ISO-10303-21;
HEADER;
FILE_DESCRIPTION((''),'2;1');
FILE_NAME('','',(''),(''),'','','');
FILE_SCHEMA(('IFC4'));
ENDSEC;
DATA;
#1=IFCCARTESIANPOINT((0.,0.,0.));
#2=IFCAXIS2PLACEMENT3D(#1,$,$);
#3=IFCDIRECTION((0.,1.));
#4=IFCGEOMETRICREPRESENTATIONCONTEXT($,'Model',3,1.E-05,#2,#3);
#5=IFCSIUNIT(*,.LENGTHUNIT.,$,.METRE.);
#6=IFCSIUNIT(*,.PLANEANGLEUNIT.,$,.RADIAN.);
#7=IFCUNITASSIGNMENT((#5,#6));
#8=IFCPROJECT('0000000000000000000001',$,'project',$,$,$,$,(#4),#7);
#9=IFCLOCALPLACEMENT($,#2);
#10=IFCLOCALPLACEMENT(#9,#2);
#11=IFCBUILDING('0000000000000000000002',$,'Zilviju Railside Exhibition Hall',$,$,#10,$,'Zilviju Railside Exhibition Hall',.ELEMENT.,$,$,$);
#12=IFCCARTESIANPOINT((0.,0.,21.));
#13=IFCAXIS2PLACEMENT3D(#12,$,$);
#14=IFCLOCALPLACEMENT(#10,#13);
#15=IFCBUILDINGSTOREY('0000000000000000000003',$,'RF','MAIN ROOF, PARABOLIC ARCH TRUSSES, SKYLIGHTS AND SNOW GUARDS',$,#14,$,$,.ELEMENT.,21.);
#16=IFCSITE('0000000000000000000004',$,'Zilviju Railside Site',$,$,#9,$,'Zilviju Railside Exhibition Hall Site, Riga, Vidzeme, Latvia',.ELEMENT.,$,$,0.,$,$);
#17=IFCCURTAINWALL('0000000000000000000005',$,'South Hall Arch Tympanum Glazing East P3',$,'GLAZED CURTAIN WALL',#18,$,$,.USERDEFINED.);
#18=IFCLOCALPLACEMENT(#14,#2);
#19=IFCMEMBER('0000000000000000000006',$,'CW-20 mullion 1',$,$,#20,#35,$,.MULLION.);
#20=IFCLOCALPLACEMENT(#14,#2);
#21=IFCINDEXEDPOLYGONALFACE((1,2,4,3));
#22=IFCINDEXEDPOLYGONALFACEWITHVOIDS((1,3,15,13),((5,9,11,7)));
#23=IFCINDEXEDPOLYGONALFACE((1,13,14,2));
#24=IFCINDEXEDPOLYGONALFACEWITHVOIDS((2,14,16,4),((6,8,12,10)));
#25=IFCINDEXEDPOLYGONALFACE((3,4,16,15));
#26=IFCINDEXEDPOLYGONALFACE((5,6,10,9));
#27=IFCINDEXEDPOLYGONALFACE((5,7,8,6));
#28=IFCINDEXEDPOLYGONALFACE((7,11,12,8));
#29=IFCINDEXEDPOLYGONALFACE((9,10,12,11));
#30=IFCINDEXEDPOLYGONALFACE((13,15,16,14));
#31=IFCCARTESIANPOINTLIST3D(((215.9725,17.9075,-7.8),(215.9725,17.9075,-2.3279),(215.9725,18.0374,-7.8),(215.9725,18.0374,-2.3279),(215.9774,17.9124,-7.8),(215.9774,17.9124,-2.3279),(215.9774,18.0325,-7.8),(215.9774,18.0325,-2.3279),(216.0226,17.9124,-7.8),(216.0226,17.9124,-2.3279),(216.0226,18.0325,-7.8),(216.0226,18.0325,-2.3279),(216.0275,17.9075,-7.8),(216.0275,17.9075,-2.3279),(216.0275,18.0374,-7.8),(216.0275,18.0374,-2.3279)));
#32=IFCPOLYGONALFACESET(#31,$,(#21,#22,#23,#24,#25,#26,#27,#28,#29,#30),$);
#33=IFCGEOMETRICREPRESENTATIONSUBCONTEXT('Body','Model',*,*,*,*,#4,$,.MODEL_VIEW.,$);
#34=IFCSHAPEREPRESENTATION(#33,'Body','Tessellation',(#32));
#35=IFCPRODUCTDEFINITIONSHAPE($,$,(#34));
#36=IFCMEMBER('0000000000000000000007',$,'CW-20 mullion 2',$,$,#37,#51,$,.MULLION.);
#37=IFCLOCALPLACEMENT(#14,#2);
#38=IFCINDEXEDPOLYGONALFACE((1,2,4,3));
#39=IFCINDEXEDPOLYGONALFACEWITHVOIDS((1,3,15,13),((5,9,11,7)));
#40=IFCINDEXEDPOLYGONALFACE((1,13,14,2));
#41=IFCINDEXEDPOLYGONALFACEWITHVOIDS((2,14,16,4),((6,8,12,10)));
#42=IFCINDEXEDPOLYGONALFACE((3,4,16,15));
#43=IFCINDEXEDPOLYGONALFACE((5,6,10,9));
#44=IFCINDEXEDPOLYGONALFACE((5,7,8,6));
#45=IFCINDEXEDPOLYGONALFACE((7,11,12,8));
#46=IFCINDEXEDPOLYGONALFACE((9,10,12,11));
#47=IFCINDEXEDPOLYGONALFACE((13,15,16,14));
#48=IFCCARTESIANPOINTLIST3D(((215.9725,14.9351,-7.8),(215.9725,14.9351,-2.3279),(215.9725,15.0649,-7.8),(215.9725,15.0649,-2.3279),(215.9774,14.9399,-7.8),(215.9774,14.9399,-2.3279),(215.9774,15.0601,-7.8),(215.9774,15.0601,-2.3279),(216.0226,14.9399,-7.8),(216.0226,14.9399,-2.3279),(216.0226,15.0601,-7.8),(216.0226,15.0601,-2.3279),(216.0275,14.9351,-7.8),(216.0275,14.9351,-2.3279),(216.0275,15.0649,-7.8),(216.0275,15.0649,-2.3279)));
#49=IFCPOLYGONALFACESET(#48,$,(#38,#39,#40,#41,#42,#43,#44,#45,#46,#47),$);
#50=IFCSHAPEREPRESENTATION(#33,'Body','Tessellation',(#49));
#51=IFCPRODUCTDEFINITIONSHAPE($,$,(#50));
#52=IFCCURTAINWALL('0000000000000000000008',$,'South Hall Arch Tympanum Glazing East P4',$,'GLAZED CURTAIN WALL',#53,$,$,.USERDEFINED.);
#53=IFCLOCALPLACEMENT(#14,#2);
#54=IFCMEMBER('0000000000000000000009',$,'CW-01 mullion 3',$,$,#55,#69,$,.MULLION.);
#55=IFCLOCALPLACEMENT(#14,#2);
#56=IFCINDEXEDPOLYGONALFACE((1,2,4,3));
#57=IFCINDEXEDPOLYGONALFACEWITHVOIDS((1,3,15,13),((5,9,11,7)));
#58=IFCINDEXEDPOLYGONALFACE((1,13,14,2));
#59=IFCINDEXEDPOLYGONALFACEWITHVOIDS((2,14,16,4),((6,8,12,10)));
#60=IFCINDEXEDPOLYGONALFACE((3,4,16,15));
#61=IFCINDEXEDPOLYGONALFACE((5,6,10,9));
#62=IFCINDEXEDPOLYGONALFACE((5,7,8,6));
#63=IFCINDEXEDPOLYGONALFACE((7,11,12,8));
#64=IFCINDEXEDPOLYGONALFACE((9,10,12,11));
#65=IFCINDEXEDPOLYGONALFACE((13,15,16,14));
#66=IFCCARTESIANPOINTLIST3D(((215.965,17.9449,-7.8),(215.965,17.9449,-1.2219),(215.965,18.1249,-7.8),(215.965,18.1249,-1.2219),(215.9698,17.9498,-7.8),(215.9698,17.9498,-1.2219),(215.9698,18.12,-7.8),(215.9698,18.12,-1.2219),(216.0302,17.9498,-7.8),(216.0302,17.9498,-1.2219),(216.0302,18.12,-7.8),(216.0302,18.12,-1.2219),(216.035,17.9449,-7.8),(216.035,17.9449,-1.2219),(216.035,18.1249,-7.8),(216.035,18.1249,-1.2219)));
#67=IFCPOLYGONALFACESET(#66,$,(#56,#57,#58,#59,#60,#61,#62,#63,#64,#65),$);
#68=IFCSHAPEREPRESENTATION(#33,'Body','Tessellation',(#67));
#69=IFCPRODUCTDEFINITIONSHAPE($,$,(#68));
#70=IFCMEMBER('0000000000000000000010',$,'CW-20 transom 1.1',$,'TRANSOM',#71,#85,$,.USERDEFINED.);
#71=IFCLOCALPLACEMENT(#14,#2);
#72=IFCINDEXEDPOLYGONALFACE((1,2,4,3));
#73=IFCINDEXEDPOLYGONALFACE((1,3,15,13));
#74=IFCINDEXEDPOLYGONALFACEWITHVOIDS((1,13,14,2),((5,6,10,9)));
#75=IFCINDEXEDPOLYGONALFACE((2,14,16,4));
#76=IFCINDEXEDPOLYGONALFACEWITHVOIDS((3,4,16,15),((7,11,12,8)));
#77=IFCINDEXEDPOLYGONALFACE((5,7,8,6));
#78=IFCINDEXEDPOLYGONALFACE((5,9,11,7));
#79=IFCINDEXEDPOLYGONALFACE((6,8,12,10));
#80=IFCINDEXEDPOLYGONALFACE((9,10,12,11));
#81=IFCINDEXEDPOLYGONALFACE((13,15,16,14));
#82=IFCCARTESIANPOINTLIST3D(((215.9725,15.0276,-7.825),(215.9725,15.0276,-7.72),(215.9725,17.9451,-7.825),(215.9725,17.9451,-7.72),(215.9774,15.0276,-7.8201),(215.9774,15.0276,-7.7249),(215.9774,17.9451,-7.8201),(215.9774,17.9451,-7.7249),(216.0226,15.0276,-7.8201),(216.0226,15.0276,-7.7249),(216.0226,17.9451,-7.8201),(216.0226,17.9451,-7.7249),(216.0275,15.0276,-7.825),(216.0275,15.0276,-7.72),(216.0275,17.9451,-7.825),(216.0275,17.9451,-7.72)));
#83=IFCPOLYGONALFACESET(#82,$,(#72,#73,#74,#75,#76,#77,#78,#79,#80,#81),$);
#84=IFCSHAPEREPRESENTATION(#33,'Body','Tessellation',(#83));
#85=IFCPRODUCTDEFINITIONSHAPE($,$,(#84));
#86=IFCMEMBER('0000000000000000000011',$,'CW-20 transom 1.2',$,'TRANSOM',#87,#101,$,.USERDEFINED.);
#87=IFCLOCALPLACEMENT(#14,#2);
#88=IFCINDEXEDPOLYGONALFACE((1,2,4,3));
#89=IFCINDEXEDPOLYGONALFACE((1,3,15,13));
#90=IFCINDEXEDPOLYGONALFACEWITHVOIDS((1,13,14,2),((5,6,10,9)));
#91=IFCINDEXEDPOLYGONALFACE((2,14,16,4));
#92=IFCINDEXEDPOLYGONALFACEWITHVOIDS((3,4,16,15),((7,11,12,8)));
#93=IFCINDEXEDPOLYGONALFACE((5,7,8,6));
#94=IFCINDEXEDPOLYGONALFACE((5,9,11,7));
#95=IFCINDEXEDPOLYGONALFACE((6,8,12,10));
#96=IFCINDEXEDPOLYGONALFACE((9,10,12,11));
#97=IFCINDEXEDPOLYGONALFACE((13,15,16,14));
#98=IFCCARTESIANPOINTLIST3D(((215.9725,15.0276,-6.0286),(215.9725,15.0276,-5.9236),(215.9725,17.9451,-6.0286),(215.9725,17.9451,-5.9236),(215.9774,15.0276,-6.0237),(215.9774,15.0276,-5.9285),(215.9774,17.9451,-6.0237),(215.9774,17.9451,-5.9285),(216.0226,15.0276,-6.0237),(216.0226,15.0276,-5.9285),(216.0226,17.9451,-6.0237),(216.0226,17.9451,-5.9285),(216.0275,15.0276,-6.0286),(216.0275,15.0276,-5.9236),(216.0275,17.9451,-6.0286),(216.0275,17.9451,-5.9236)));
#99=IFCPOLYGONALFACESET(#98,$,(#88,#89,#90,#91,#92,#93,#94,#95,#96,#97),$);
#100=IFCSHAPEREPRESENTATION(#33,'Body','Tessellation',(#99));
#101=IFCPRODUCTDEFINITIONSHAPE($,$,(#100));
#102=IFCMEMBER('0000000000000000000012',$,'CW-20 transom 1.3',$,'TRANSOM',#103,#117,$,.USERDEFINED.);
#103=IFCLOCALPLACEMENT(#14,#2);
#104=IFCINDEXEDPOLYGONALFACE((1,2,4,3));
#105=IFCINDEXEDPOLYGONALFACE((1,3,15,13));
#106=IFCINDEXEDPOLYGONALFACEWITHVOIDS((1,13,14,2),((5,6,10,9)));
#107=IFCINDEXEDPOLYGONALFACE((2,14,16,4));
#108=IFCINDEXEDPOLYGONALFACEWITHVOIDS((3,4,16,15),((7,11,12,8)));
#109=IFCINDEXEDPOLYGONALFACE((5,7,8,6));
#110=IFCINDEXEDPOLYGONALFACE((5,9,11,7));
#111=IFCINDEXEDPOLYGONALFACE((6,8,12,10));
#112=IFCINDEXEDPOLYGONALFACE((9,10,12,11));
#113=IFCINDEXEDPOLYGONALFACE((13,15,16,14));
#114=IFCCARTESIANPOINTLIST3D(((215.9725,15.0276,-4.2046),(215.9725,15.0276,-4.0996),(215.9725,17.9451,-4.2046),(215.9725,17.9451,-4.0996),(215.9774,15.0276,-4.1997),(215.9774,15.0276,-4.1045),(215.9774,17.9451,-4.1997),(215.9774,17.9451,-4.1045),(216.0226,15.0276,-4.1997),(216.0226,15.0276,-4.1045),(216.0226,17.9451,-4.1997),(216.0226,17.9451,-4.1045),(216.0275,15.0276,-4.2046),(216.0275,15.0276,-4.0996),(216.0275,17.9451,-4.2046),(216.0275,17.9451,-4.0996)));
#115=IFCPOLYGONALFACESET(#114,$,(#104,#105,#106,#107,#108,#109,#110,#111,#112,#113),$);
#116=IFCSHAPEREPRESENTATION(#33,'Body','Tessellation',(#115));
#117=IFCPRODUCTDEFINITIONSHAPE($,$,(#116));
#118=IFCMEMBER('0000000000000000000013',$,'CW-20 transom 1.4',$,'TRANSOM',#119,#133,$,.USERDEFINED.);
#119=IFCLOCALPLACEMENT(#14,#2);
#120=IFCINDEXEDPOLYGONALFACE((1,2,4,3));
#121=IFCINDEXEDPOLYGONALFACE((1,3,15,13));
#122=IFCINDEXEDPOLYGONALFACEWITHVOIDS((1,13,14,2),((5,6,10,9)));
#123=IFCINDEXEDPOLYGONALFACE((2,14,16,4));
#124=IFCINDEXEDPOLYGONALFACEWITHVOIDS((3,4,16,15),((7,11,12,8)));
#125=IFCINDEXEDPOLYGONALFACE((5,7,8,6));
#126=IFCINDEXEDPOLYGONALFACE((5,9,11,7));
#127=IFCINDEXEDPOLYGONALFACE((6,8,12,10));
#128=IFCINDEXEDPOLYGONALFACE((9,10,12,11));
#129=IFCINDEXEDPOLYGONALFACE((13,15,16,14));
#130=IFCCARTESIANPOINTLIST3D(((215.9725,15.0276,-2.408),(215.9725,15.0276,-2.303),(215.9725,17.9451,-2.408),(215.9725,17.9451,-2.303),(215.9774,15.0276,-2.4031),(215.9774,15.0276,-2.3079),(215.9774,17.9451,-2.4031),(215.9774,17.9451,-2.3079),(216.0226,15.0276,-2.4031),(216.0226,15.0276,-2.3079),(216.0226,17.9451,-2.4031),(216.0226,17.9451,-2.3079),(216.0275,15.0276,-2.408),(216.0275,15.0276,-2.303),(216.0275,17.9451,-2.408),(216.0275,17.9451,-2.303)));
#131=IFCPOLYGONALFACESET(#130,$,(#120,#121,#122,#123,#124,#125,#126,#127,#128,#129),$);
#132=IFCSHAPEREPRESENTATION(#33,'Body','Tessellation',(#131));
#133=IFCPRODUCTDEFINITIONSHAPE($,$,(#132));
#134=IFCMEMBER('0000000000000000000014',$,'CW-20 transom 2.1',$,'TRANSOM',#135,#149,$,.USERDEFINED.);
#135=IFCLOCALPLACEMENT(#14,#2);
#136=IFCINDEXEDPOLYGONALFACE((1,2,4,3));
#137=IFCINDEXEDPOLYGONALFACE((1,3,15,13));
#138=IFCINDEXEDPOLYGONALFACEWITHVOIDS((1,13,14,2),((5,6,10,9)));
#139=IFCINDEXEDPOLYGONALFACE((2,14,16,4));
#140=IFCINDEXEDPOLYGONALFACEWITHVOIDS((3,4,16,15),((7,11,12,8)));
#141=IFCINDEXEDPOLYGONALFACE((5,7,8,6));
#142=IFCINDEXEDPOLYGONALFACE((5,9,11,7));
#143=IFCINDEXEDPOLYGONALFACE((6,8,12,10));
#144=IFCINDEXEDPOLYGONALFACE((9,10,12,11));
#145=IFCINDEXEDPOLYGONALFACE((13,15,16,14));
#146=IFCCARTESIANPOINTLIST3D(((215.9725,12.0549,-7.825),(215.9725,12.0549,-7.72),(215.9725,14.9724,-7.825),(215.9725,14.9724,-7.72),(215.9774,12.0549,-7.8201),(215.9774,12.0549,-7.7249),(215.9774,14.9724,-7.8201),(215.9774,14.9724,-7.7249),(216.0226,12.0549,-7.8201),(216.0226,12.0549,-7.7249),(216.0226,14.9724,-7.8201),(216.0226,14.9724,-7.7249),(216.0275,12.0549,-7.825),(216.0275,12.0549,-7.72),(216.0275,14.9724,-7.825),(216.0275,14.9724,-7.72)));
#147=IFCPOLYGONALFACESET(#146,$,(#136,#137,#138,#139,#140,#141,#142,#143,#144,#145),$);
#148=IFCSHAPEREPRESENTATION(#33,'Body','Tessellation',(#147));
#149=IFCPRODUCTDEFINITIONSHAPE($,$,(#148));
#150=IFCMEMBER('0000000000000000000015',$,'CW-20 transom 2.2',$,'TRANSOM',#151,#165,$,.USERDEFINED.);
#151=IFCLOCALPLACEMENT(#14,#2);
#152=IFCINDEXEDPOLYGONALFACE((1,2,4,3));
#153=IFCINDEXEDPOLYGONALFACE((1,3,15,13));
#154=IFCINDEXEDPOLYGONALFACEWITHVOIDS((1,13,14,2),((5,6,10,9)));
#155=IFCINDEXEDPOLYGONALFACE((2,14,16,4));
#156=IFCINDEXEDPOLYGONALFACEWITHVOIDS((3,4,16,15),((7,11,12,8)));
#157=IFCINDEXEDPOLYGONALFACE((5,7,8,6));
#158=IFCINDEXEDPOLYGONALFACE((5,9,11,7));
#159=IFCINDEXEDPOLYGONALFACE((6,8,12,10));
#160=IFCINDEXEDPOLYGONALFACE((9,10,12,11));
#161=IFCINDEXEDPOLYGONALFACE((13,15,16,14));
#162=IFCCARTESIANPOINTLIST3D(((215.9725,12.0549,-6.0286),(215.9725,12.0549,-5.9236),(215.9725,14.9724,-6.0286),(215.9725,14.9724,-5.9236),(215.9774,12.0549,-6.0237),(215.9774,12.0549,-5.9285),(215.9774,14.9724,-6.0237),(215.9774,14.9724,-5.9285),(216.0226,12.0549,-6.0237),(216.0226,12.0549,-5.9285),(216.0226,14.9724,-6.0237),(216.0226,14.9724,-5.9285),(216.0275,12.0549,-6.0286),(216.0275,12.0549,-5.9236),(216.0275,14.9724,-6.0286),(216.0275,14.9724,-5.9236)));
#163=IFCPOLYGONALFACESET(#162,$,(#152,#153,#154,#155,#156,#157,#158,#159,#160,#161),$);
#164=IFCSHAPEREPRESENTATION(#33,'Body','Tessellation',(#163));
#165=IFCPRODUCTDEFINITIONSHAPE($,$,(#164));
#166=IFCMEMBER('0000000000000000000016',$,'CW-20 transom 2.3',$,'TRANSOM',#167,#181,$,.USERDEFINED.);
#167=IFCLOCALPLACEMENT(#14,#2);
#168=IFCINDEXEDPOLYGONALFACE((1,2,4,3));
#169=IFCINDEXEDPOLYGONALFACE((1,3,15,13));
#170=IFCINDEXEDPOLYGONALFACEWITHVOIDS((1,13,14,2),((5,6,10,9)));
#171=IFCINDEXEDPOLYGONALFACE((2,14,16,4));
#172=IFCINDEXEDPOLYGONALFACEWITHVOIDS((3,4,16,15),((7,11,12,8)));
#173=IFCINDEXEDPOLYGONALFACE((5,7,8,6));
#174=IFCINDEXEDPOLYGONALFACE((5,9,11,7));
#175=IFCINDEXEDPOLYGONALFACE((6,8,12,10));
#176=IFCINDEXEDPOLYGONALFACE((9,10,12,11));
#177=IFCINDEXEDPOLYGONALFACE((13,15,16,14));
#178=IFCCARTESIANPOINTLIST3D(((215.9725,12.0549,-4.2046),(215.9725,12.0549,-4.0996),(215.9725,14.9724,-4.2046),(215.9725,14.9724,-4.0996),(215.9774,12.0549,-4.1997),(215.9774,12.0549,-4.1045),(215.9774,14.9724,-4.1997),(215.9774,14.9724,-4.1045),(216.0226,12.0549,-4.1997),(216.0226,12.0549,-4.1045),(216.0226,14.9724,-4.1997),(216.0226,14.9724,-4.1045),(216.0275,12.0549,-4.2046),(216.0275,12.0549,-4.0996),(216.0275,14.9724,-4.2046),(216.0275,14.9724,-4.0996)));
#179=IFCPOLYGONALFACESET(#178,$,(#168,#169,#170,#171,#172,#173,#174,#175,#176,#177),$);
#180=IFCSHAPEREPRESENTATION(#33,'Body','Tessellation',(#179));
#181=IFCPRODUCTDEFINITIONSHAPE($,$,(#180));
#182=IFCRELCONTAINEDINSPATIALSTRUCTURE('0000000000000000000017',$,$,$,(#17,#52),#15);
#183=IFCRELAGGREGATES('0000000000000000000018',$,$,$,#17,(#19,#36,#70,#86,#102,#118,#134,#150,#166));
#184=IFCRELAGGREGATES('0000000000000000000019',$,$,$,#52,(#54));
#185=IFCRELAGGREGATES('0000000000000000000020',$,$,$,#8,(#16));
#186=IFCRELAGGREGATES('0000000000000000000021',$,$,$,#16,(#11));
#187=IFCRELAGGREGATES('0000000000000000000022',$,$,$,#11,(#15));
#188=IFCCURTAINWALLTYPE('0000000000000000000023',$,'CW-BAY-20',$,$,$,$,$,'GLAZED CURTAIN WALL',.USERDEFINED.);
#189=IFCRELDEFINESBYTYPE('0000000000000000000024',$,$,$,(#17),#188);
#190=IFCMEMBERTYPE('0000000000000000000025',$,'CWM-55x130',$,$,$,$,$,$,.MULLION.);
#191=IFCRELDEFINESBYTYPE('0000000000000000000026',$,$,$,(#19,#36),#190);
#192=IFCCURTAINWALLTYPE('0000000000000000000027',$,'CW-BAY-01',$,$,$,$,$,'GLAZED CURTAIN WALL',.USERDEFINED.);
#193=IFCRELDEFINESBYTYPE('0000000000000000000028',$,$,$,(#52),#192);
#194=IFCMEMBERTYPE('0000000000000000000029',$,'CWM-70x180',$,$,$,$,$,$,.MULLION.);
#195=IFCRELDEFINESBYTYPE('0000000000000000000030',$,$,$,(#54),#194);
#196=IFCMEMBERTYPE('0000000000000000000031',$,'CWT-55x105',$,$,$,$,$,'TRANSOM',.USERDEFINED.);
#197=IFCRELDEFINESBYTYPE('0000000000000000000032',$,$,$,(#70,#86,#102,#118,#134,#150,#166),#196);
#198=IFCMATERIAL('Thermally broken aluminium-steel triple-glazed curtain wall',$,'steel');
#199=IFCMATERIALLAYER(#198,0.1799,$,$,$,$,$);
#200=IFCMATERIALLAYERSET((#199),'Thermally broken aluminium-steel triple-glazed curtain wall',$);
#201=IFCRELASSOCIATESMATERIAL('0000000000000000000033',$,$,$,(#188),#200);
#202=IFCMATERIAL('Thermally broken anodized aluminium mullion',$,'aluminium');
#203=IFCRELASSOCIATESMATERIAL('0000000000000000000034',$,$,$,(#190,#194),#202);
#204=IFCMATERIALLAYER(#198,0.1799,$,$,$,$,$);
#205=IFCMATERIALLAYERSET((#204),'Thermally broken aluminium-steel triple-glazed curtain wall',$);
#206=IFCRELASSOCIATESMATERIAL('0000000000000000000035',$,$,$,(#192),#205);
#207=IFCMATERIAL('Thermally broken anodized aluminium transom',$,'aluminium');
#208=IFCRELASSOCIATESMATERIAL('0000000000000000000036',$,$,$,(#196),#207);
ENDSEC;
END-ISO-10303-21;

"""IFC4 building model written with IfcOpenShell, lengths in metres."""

from ifc_helpers import new_model, si_unit, direction, frame, origin, origin_2d, place, context, subcontext, project, spatial, hollow_rectangle, extrude, material, layer, layer_set, material_profile, profile_set, type_object, element, aggregate, save


model = new_model("IFC4")

# Units and contexts
model_context = context("Model", 3, precision=1e-05, world=origin(), true_north=direction((0.0, 1.0)))
body_context = subcontext(model_context, "Body", "Model", "MODEL_VIEW")
ifc_project = project(units=[si_unit("LENGTHUNIT", "METRE"), si_unit("PLANEANGLEUNIT", "RADIAN")], contexts=[model_context])

# Site, building, storey
site_placement = place(None, origin())
site = spatial("IfcSite", under=ifc_project, at=site_placement, Name="Zilviju Railside Site", LongName="Zilviju Railside Exhibition Hall Site, Riga, Vidzeme, Latvia", CompositionType="ELEMENT", RefElevation=0.0)
building_placement = place(site_placement, origin())
building = spatial("IfcBuilding", under=site, at=building_placement, Name="Zilviju Railside Exhibition Hall", LongName="Zilviju Railside Exhibition Hall", CompositionType="ELEMENT")
storey_placement = place(building_placement, frame((0.0, 0.0, 21.0)))
storey = spatial("IfcBuildingStorey", under=building, at=storey_placement, Name="RF", Description="MAIN ROOF, PARABOLIC ARCH TRUSSES, SKYLIGHTS AND SNOW GUARDS", CompositionType="ELEMENT", Elevation=21.0)

# Curtain wall, members
ifc_material_1 = material(Name="Thermally broken aluminium-steel triple-glazed curtain wall", Category="steel")
ifc_layer_1 = layer(ifc_material_1, 0.1799)
ifc_layer_set_1 = layer_set([ifc_layer_1], Name="Thermally broken aluminium-steel triple-glazed curtain wall")
curtain_wall_type_1 = type_object("IfcCurtainWallType", Name="CW-BAY-20", ElementType="GLAZED CURTAIN WALL", PredefinedType="USERDEFINED", material=ifc_layer_set_1)
curtain_wall_1_placement = place(storey_placement, origin())
curtain_wall_1 = element("IfcCurtainWall", 1, at=curtain_wall_1_placement, inside=storey, type_object=curtain_wall_type_1, Name="South Hall Arch Tympanum Glazing East P3", ObjectType="GLAZED CURTAIN WALL", PredefinedType="USERDEFINED")
ifc_material_2 = material(Name="Thermally broken anodized aluminium mullion", Category="aluminium")
ifc_material_profile_1 = material_profile(ifc_material_2, hollow_rectangle(XDim=0.0549, YDim=0.1299, WallThickness=0.0049, at=origin_2d()), Name="MULLION 130x55x5")
ifc_profile_set_1 = profile_set([ifc_material_profile_1], Name="Thermally broken anodized aluminium mullion")
member_type_1 = type_object("IfcMemberType", Name="CWM-55x130", PredefinedType="MULLION", material=ifc_profile_set_1)
member_1_placement = place(storey_placement, frame((216.0, 17.9724, -7.8), z_axis=(0.0, 0.0, 1.0), x_axis=(1.0, 0.0, 0.0)))
member_1 = element("IfcMember", 2, at=member_1_placement, type_object=member_type_1, Name="CW-20 mullion 1", PredefinedType="MULLION", context=body_context, shape_type="SweptSolid", body=[
    extrude(hollow_rectangle(XDim=0.0549, YDim=0.1299, WallThickness=0.0049, at=origin_2d()), origin(), (0.0, 0.0, 1.0), 5.4722),
])
member_2_placement = place(storey_placement, frame((216.0, 15.0, -7.8), z_axis=(0.0, 0.0, 1.0), x_axis=(1.0, 0.0, 0.0)))
member_2 = element("IfcMember", 3, at=member_2_placement, type_object=member_type_1, Name="CW-20 mullion 2", PredefinedType="MULLION", context=body_context, shape_type="SweptSolid", body=[
    extrude(hollow_rectangle(XDim=0.0549, YDim=0.1299, WallThickness=0.0049, at=origin_2d()), origin(), (0.0, 0.0, 1.0), 5.4722),
])

# Curtain wall, member
ifc_layer_2 = layer(ifc_material_1, 0.1799)
ifc_layer_set_2 = layer_set([ifc_layer_2], Name="Thermally broken aluminium-steel triple-glazed curtain wall")
curtain_wall_type_2 = type_object("IfcCurtainWallType", Name="CW-BAY-01", ElementType="GLAZED CURTAIN WALL", PredefinedType="USERDEFINED", material=ifc_layer_set_2)
curtain_wall_2_placement = place(storey_placement, origin())
curtain_wall_2 = element("IfcCurtainWall", 4, at=curtain_wall_2_placement, inside=storey, type_object=curtain_wall_type_2, Name="South Hall Arch Tympanum Glazing East P4", ObjectType="GLAZED CURTAIN WALL", PredefinedType="USERDEFINED")
ifc_material_profile_2 = material_profile(ifc_material_2, hollow_rectangle(XDim=0.0701, YDim=0.1799, WallThickness=0.0049, at=origin_2d()), Name="MULLION 180x70x5")
ifc_profile_set_2 = profile_set([ifc_material_profile_2], Name="Thermally broken anodized aluminium mullion")
member_type_2 = type_object("IfcMemberType", Name="CWM-70x180", PredefinedType="MULLION", material=ifc_profile_set_2)
member_3_placement = place(storey_placement, frame((216.0, 18.0349, -7.8), z_axis=(0.0, 0.0, 1.0), x_axis=(1.0, 0.0, 0.0)))
member_3 = element("IfcMember", 5, at=member_3_placement, type_object=member_type_2, Name="CW-01 mullion 3", PredefinedType="MULLION", context=body_context, shape_type="SweptSolid", body=[
    extrude(hollow_rectangle(XDim=0.0701, YDim=0.1799, WallThickness=0.0049, at=origin_2d()), origin(), (0.0, 0.0, 1.0), 6.5781),
])

# Members
ifc_material_3 = material(Name="Thermally broken anodized aluminium transom", Category="aluminium")
ifc_material_profile_3 = material_profile(ifc_material_3, hollow_rectangle(XDim=0.0549, YDim=0.105, WallThickness=0.0049, at=origin_2d()), Name="TRANSOM 105x55x5")
ifc_profile_set_3 = profile_set([ifc_material_profile_3], Name="Thermally broken anodized aluminium transom")
member_type_3 = type_object("IfcMemberType", Name="CWT-55x105", ElementType="TRANSOM", PredefinedType="USERDEFINED", material=ifc_profile_set_3)
member_4_placement = place(storey_placement, frame((216.0, 17.9451, -7.7725), z_axis=(0.0, -1.0, 0.0), x_axis=(1.0, 0.0, 0.0)))
member_4 = element("IfcMember", 6, at=member_4_placement, type_object=member_type_3, Name="CW-20 transom 1.1", ObjectType="TRANSOM", PredefinedType="USERDEFINED", context=body_context, shape_type="SweptSolid", body=[
    extrude(hollow_rectangle(XDim=0.0549, YDim=0.105, WallThickness=0.0049, at=origin_2d()), origin(), (0.0, 0.0, 1.0), 2.9175),
])
member_5_placement = place(storey_placement, frame((216.0, 17.9451, -5.9761), z_axis=(0.0, -1.0, 0.0), x_axis=(1.0, 0.0, 0.0)))
member_5 = element("IfcMember", 7, at=member_5_placement, type_object=member_type_3, Name="CW-20 transom 1.2", ObjectType="TRANSOM", PredefinedType="USERDEFINED", context=body_context, shape_type="SweptSolid", body=[
    extrude(hollow_rectangle(XDim=0.0549, YDim=0.105, WallThickness=0.0049, at=origin_2d()), origin(), (0.0, 0.0, 1.0), 2.9175),
])
member_6_placement = place(storey_placement, frame((216.0, 17.9451, -4.1521), z_axis=(0.0, -1.0, 0.0), x_axis=(1.0, 0.0, 0.0)))
member_6 = element("IfcMember", 8, at=member_6_placement, type_object=member_type_3, Name="CW-20 transom 1.3", ObjectType="TRANSOM", PredefinedType="USERDEFINED", context=body_context, shape_type="SweptSolid", body=[
    extrude(hollow_rectangle(XDim=0.0549, YDim=0.105, WallThickness=0.0049, at=origin_2d()), origin(), (0.0, 0.0, 1.0), 2.9175),
])
member_7_placement = place(storey_placement, frame((216.0, 17.9451, -2.3555), z_axis=(0.0, -1.0, 0.0), x_axis=(1.0, 0.0, 0.0)))
member_7 = element("IfcMember", 9, at=member_7_placement, type_object=member_type_3, Name="CW-20 transom 1.4", ObjectType="TRANSOM", PredefinedType="USERDEFINED", context=body_context, shape_type="SweptSolid", body=[
    extrude(hollow_rectangle(XDim=0.0549, YDim=0.105, WallThickness=0.0049, at=origin_2d()), origin(), (0.0, 0.0, 1.0), 2.9175),
])
member_8_placement = place(storey_placement, frame((216.0, 14.9724, -7.7725), z_axis=(0.0, -1.0, 0.0), x_axis=(1.0, 0.0, 0.0)))
member_8 = element("IfcMember", 10, at=member_8_placement, type_object=member_type_3, Name="CW-20 transom 2.1", ObjectType="TRANSOM", PredefinedType="USERDEFINED", context=body_context, shape_type="SweptSolid", body=[
    extrude(hollow_rectangle(XDim=0.0549, YDim=0.105, WallThickness=0.0049, at=origin_2d()), origin(), (0.0, 0.0, 1.0), 2.9175),
])
member_9_placement = place(storey_placement, frame((216.0, 14.9724, -5.9761), z_axis=(0.0, -1.0, 0.0), x_axis=(1.0, 0.0, 0.0)))
member_9 = element("IfcMember", 11, at=member_9_placement, type_object=member_type_3, Name="CW-20 transom 2.2", ObjectType="TRANSOM", PredefinedType="USERDEFINED", context=body_context, shape_type="SweptSolid", body=[
    extrude(hollow_rectangle(XDim=0.0549, YDim=0.105, WallThickness=0.0049, at=origin_2d()), origin(), (0.0, 0.0, 1.0), 2.9175),
])
member_10_placement = place(storey_placement, frame((216.0, 14.9724, -4.1521), z_axis=(0.0, -1.0, 0.0), x_axis=(1.0, 0.0, 0.0)))
member_10 = element("IfcMember", 12, at=member_10_placement, type_object=member_type_3, Name="CW-20 transom 2.3", ObjectType="TRANSOM", PredefinedType="USERDEFINED", context=body_context, shape_type="SweptSolid", body=[
    extrude(hollow_rectangle(XDim=0.0549, YDim=0.105, WallThickness=0.0049, at=origin_2d()), origin(), (0.0, 0.0, 1.0), 2.9175),
])

aggregate(curtain_wall_1, [member_1, member_2, member_4, member_5, member_6, member_7, member_8, member_9, member_10])
aggregate(curtain_wall_2, [member_3])

save(model, "model.ifc")
